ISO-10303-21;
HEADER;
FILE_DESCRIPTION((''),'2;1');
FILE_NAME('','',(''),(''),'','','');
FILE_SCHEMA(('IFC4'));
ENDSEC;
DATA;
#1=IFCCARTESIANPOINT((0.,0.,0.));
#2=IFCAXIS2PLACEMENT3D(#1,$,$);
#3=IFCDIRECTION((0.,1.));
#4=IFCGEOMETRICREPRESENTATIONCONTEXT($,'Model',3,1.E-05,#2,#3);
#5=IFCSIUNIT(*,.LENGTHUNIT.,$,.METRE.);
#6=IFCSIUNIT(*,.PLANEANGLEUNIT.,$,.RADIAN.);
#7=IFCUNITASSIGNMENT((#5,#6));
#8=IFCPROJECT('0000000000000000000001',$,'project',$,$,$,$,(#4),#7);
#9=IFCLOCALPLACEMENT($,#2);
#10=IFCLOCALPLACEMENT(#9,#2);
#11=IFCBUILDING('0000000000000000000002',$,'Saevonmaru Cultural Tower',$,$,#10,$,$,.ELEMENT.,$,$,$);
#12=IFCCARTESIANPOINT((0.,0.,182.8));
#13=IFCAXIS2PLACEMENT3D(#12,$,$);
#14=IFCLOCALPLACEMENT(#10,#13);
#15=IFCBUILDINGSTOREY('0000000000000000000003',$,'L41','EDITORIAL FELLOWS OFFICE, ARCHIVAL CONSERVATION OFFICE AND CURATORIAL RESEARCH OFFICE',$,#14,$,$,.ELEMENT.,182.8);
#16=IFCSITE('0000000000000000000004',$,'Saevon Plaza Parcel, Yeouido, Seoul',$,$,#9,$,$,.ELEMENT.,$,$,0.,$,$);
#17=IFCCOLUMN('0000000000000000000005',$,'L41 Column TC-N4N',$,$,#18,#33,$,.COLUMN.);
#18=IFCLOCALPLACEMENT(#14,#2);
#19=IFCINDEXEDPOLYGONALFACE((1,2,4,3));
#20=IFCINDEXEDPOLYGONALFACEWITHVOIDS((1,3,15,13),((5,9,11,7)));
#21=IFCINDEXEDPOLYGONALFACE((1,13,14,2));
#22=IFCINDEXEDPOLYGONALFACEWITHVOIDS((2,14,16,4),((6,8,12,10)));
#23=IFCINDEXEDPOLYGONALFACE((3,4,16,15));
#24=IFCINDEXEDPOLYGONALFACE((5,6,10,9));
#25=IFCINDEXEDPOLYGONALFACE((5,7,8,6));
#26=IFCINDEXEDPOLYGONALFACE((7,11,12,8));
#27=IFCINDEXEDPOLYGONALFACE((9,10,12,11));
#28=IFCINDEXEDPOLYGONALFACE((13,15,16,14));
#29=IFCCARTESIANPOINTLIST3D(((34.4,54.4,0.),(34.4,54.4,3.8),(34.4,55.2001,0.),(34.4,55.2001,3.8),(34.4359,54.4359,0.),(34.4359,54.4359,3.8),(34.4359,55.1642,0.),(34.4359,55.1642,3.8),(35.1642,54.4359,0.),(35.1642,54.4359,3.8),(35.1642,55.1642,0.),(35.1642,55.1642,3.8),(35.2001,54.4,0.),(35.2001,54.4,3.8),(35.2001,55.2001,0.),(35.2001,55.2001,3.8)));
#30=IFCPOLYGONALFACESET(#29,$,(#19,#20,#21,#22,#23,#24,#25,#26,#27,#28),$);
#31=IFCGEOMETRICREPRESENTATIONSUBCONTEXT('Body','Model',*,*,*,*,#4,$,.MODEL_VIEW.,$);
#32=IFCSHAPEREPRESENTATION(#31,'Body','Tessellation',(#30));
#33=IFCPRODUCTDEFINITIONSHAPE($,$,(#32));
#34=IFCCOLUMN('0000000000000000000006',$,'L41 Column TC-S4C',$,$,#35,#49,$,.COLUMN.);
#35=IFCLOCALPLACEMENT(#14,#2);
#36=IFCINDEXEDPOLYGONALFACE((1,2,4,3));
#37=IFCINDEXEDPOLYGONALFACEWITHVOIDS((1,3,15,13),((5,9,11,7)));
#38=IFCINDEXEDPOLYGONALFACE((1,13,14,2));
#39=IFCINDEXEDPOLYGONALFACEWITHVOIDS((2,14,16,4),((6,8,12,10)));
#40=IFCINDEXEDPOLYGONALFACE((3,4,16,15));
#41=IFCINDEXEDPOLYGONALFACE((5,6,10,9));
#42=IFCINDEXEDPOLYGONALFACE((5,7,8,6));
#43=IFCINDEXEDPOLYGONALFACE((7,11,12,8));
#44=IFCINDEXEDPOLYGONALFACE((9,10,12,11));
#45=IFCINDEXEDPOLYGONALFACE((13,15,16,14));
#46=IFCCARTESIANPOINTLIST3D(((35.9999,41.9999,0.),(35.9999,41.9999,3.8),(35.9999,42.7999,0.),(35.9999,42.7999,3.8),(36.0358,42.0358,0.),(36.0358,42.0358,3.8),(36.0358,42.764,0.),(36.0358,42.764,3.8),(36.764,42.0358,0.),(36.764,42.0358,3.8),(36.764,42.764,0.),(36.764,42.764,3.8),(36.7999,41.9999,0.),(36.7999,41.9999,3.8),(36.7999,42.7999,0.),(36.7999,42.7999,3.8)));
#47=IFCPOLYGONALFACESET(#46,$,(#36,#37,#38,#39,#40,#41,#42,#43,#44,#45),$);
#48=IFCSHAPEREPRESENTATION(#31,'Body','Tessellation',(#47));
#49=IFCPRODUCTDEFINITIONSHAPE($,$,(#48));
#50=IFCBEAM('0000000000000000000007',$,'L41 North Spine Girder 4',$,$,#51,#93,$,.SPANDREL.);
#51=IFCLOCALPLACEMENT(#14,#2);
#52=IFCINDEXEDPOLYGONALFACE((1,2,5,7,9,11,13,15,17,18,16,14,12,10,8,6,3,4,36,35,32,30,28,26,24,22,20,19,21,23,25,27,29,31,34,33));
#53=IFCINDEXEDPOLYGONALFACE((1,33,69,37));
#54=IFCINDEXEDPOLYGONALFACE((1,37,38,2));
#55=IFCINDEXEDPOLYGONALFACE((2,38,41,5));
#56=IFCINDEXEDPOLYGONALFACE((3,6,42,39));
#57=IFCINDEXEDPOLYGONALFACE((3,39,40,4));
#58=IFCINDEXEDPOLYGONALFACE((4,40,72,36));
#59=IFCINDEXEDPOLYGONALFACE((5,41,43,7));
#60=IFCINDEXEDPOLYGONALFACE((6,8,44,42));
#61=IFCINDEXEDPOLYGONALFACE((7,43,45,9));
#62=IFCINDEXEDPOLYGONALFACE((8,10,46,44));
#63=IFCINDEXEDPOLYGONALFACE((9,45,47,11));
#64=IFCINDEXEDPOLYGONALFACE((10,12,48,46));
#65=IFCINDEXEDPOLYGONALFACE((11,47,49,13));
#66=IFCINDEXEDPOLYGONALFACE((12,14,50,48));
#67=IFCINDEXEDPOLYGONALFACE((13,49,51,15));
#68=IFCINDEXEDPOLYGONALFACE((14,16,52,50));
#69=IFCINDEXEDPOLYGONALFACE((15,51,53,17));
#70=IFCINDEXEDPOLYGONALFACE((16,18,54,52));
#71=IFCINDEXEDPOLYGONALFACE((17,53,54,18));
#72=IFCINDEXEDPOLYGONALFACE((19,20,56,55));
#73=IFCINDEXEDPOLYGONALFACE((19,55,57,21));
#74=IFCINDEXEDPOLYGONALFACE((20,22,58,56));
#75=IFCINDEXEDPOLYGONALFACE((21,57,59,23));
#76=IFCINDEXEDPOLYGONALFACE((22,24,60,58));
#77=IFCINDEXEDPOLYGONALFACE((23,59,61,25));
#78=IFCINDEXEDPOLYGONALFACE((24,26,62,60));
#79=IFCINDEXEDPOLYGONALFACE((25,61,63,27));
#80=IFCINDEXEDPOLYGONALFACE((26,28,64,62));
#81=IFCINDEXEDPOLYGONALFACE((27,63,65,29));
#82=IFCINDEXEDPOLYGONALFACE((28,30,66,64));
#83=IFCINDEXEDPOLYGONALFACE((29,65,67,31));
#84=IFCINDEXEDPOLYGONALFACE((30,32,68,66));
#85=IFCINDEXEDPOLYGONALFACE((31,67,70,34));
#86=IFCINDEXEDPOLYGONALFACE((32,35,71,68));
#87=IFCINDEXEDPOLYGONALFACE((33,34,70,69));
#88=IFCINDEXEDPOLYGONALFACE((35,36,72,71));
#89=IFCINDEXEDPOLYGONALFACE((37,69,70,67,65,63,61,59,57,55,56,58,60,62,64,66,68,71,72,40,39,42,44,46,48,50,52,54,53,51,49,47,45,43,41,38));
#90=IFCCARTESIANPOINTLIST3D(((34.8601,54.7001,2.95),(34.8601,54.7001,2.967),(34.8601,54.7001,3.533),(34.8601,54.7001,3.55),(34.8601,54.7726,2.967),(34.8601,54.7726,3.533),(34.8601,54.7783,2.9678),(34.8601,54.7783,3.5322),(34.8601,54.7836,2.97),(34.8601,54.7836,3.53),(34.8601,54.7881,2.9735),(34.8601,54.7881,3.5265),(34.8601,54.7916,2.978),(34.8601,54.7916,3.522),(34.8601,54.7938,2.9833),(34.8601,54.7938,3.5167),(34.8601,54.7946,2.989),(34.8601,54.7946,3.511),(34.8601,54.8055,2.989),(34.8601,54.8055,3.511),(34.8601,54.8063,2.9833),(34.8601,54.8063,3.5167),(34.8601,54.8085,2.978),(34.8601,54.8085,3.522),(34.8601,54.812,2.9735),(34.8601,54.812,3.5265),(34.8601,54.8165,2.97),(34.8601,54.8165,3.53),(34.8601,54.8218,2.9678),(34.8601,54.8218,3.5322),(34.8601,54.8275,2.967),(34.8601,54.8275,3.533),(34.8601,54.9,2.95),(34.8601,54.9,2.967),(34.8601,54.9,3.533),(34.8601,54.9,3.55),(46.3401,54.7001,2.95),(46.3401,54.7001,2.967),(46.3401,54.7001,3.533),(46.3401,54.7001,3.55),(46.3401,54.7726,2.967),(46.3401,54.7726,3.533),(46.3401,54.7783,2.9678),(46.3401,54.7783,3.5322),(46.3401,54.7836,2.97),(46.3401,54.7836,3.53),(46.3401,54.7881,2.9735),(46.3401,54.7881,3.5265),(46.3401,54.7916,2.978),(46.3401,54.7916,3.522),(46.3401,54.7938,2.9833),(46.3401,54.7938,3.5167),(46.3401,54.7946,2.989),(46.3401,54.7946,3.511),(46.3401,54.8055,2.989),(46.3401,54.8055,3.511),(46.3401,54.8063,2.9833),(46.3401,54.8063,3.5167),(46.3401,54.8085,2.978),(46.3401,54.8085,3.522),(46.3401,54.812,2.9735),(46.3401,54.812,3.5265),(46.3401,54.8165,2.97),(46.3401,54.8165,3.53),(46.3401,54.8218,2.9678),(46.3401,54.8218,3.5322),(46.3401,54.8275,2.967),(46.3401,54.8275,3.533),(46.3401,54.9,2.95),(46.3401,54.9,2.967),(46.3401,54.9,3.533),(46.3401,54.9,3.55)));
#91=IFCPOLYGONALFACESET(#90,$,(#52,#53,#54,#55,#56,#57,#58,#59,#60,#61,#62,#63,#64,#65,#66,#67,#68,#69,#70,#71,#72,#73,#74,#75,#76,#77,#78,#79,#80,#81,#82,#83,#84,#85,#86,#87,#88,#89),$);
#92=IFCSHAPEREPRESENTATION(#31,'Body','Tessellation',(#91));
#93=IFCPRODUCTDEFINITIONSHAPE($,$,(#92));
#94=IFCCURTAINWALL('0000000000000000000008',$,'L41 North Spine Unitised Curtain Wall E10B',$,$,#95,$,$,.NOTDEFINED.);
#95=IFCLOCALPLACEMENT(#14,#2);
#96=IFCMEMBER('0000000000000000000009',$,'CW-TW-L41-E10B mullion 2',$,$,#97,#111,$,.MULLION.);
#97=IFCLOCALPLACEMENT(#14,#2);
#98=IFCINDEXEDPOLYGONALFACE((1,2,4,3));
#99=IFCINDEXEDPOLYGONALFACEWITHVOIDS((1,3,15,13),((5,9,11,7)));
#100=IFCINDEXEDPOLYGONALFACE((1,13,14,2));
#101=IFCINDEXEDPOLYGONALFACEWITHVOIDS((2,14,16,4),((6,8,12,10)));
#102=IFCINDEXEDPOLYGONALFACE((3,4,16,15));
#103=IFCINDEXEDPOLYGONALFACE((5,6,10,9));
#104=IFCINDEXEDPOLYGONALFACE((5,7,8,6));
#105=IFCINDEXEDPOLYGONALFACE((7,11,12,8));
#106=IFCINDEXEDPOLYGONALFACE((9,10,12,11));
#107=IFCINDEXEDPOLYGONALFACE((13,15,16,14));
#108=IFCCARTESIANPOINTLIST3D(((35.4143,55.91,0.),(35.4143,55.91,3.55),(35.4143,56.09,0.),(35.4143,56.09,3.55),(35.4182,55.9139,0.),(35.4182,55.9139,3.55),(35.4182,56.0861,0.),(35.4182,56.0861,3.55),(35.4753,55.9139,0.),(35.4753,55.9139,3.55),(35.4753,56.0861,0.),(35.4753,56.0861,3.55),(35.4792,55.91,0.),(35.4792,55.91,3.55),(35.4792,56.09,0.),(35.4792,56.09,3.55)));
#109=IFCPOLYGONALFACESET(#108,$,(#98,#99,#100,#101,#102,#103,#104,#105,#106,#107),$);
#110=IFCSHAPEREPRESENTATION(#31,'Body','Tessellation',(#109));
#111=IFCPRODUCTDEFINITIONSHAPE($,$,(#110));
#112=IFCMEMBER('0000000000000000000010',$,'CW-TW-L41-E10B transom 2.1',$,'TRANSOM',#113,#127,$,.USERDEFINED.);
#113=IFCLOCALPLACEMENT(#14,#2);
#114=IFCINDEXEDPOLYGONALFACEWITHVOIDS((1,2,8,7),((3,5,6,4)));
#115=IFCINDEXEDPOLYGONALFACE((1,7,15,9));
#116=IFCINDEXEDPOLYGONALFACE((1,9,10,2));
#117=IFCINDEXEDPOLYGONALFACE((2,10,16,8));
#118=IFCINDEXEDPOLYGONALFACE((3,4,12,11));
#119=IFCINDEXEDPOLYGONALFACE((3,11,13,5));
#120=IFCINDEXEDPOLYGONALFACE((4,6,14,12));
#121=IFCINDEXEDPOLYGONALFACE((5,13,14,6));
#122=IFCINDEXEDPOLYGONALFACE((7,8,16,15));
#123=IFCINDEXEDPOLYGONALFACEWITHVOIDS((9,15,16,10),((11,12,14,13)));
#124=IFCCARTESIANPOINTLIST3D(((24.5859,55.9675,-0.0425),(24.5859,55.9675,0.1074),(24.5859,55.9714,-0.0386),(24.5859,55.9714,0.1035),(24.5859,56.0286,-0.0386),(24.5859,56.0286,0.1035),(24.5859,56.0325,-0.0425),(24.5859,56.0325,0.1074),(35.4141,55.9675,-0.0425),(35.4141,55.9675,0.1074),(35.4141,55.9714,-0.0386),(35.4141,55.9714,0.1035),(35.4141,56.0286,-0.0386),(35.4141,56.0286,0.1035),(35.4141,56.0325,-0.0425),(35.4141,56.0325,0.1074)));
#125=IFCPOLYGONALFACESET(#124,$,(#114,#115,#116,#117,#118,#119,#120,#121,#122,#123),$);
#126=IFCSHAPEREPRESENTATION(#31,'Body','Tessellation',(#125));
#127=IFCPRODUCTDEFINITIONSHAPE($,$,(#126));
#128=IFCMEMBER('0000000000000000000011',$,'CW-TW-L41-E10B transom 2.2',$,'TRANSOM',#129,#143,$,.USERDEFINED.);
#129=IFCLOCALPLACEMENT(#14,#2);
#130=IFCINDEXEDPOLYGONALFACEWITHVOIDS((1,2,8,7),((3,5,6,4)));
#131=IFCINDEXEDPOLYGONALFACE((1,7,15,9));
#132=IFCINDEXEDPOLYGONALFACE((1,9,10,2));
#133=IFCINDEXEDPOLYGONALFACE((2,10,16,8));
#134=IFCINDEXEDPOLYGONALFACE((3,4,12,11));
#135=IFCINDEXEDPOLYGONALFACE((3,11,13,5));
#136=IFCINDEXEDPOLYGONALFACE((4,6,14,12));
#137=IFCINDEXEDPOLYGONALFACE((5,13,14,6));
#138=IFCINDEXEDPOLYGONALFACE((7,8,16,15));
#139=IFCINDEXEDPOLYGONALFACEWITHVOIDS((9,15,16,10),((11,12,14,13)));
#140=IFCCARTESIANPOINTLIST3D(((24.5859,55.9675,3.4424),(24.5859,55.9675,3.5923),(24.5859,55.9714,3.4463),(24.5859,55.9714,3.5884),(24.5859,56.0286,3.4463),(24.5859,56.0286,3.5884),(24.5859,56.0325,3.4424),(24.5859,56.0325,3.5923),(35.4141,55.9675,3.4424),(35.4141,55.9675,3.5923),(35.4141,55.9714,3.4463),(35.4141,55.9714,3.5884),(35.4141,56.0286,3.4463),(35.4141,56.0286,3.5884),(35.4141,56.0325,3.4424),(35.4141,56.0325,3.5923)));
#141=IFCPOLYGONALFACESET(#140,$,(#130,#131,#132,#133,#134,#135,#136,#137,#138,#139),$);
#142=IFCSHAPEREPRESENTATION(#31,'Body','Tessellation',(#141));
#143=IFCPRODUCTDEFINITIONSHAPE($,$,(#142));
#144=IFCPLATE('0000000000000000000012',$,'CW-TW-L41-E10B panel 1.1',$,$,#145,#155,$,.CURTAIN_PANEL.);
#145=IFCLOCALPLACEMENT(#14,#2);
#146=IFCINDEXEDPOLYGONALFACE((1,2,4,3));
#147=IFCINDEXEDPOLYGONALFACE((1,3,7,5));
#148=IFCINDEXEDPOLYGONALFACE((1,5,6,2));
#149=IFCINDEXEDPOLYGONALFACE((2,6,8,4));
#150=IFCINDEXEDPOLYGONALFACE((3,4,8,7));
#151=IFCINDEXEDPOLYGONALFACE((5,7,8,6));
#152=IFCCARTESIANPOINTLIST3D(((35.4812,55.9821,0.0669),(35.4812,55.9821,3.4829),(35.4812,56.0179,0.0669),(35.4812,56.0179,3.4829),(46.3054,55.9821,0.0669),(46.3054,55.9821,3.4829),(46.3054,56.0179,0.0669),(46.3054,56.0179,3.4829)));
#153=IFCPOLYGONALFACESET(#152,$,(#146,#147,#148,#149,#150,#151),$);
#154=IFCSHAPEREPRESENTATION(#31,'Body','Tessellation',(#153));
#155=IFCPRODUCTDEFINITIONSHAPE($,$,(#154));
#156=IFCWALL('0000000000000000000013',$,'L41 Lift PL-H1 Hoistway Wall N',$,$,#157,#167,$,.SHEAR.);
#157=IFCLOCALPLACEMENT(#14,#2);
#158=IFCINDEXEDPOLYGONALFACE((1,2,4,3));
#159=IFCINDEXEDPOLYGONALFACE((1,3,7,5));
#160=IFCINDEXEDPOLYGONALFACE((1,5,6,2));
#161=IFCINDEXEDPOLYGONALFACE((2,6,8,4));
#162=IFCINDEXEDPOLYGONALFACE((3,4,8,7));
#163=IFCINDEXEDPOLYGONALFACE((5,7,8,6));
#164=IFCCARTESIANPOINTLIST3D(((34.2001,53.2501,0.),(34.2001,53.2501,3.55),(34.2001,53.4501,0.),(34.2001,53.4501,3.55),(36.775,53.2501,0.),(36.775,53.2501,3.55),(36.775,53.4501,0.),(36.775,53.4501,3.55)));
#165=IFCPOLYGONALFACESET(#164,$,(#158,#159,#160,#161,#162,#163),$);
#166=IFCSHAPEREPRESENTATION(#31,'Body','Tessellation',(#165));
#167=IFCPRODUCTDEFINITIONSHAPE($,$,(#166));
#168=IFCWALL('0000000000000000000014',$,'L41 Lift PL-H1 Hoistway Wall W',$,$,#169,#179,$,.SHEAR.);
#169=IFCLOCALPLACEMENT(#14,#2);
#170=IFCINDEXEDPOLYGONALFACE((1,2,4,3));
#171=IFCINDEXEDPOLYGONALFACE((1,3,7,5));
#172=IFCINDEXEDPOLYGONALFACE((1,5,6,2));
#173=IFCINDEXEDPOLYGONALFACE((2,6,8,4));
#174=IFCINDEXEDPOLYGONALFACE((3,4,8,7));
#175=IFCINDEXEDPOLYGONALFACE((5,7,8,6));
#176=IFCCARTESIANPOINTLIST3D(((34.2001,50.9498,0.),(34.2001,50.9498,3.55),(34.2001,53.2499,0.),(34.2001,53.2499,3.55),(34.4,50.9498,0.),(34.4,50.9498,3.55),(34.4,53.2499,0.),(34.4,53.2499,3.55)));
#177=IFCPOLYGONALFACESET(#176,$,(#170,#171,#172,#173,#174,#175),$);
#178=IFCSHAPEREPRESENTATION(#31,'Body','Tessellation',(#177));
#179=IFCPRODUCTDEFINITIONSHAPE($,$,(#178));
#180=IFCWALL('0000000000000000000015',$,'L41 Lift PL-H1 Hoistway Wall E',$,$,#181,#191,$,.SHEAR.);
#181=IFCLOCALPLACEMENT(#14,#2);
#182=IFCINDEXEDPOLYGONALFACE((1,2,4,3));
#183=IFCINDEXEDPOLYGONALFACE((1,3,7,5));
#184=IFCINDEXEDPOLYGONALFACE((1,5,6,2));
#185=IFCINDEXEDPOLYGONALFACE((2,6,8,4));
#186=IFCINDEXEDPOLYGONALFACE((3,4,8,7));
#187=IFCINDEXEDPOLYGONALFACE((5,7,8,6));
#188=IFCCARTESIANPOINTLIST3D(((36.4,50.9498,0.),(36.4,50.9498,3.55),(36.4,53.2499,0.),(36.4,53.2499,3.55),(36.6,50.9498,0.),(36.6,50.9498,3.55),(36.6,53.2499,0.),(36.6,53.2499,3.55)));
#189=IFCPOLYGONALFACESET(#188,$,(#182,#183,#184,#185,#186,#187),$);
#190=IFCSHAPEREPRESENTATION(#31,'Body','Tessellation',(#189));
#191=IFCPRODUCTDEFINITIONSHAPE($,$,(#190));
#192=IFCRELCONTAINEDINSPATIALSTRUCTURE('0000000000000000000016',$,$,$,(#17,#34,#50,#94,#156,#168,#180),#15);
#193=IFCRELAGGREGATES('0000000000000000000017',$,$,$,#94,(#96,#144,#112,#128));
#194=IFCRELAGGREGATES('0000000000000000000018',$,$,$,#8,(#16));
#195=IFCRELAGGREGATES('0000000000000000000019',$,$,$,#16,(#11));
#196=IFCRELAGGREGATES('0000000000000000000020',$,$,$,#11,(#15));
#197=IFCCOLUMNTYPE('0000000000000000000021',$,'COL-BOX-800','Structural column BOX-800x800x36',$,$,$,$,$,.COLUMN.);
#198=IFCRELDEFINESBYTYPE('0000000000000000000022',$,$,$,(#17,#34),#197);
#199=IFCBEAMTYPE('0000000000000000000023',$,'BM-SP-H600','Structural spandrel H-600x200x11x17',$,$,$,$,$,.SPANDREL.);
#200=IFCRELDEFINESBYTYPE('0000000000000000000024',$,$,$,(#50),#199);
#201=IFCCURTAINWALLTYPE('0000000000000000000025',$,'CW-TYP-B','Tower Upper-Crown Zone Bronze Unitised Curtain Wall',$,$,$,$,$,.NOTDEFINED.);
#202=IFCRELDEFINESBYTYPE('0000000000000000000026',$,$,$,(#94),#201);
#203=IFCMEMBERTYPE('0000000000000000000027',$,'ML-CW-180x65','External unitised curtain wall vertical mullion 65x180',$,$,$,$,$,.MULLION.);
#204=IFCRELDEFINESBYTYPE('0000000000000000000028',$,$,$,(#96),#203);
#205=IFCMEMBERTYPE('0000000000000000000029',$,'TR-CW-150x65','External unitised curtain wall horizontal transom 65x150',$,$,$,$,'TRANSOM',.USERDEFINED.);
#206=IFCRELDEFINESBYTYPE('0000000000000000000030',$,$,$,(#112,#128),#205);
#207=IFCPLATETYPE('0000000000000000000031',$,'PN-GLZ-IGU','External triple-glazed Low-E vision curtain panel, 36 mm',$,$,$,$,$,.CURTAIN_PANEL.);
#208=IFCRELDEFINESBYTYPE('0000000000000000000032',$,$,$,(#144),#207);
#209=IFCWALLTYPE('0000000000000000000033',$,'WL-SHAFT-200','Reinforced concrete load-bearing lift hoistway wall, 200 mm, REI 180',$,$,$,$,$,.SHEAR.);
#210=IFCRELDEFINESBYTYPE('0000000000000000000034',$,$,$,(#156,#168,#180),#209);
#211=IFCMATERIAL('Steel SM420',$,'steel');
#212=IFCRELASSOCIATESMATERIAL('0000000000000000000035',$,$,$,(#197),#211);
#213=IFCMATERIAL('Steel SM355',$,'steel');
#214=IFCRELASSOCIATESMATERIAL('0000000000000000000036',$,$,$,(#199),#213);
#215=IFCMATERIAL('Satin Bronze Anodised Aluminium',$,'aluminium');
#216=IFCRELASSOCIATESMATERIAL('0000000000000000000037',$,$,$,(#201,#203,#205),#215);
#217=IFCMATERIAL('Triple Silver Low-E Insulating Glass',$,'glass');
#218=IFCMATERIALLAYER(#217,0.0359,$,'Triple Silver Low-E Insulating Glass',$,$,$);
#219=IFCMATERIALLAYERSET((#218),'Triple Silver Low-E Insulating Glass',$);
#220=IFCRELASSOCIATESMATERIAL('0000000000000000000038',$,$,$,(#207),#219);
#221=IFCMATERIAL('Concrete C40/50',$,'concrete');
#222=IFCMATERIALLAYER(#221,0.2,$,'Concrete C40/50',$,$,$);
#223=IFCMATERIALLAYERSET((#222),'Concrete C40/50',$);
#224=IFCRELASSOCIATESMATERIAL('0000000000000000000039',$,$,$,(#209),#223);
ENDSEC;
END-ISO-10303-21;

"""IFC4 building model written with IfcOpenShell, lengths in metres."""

from ifc_helpers import new_model, si_unit, direction, frame, frame_2d, origin, origin_2d, place, context, subcontext, project, spatial, rectangle, hollow_rectangle, i_section, extrude, material, layer, layer_set, material_profile, profile_set, type_object, element, aggregate, save


model = new_model("IFC4")

# Units and contexts
model_context = context("Model", 3, precision=1e-05, world=origin(), true_north=direction((0.0, 1.0)))
body_context = subcontext(model_context, "Body", "Model", "MODEL_VIEW")
ifc_project = project(units=[si_unit("LENGTHUNIT", "METRE"), si_unit("PLANEANGLEUNIT", "RADIAN")], contexts=[model_context])

# Site, building, storey
site_placement = place(None, origin())
site = spatial("IfcSite", under=ifc_project, at=site_placement, Name="Saevon Plaza Parcel, Yeouido, Seoul", CompositionType="ELEMENT", RefElevation=0.0)
building_placement = place(site_placement, origin())
building = spatial("IfcBuilding", under=site, at=building_placement, Name="Saevonmaru Cultural Tower", CompositionType="ELEMENT")
storey_placement = place(building_placement, frame((0.0, 0.0, 182.8)))
storey = spatial("IfcBuildingStorey", under=building, at=storey_placement, Name="L41", Description="EDITORIAL FELLOWS OFFICE, ARCHIVAL CONSERVATION OFFICE AND CURATORIAL RESEARCH OFFICE", CompositionType="ELEMENT", Elevation=182.8)

# Columns
ifc_material_1 = material(Name="Steel SM420", Category="steel")
ifc_material_profile_1 = material_profile(ifc_material_1, hollow_rectangle(XDim=0.8, YDim=0.8, WallThickness=0.0359, at=origin_2d()), Name="BOX-800x800x36")
ifc_profile_set_1 = profile_set([ifc_material_profile_1], Name="Steel SM420")
column_type = type_object("IfcColumnType", Name="COL-BOX-800", Description="Structural column BOX-800x800x36", PredefinedType="COLUMN", material=ifc_profile_set_1)
for number, where, z_axis, x_axis, name in (
    (1, (34.8, 54.8, 0.0), (0.0, 0.0, 1.0), (1.0, 0.0, 0.0), "L41 Column TC-N4N"),
    (2, (36.3999, 42.3999, 0.0), (0.0, 0.0, 1.0), (1.0, 0.0, 0.0), "L41 Column TC-S4C"),
):
    element("IfcColumn", number, at=place(storey_placement, frame(where, z_axis=z_axis, x_axis=x_axis)), inside=storey, type_object=column_type, Name=name, PredefinedType="COLUMN", context=body_context, shape_type="SweptSolid", body=[
        extrude(hollow_rectangle(XDim=0.8, YDim=0.8, WallThickness=0.0359, at=origin_2d()), origin(), (0.0, 0.0, 1.0), 3.8),
    ])

# Beam
ifc_material_2 = material(Name="Steel SM355", Category="steel")
ifc_material_profile_2 = material_profile(ifc_material_2, i_section(OverallWidth=0.2, OverallDepth=0.6001, WebThickness=0.011, FlangeThickness=0.0171, FilletRadius=0.022, at=origin_2d()), Name="H-600x200x11x17")
ifc_profile_set_2 = profile_set([ifc_material_profile_2], Name="Steel SM355")
beam_type = type_object("IfcBeamType", Name="BM-SP-H600", Description="Structural spandrel H-600x200x11x17", PredefinedType="SPANDREL", material=ifc_profile_set_2)
beam_placement = place(storey_placement, frame((34.8601, 54.8, 3.25), z_axis=(1.0, 0.0, 0.0), x_axis=(0.0, 1.0, 0.0)))
element("IfcBeam", 3, at=beam_placement, inside=storey, type_object=beam_type, Name="L41 North Spine Girder 4", PredefinedType="SPANDREL", context=body_context, shape_type="SweptSolid", body=[
    extrude(i_section(OverallWidth=0.2, OverallDepth=0.6001, WebThickness=0.011, FlangeThickness=0.0171, FilletRadius=0.022, at=origin_2d()), origin(), (0.0, 0.0, 1.0), 11.48),
])

# Curtain wall, members, plate
ifc_material_3 = material(Name="Satin Bronze Anodised Aluminium", Category="aluminium")
curtain_wall_type = type_object("IfcCurtainWallType", Name="CW-TYP-B", Description="Tower Upper-Crown Zone Bronze Unitised Curtain Wall", PredefinedType="NOTDEFINED", material=ifc_material_3)
curtain_wall_placement = place(storey_placement, origin())
curtain_wall = element("IfcCurtainWall", 4, at=curtain_wall_placement, inside=storey, type_object=curtain_wall_type, Name="L41 North Spine Unitised Curtain Wall E10B", PredefinedType="NOTDEFINED")
ifc_material_profile_3 = material_profile(ifc_material_3, hollow_rectangle(XDim=0.0649, YDim=0.1799, WallThickness=0.0039, at=origin_2d()), Name="ALU-MULL-180x65x4")
ifc_profile_set_3 = profile_set([ifc_material_profile_3], Name="Satin Bronze Anodised Aluminium")
member_type_1 = type_object("IfcMemberType", Name="ML-CW-180x65", Description="External unitised curtain wall vertical mullion 65x180", PredefinedType="MULLION", material=ifc_profile_set_3)
member_1_placement = place(storey_placement, frame((35.4468, 56.0, 0.0), z_axis=(0.0, 0.0, 1.0), x_axis=(-1.0, 0.0, 0.0)))
member_1 = element("IfcMember", 5, at=member_1_placement, type_object=member_type_1, Name="CW-TW-L41-E10B mullion 2", PredefinedType="MULLION", context=body_context, shape_type="SweptSolid", body=[
    extrude(hollow_rectangle(XDim=0.0649, YDim=0.1799, WallThickness=0.0039, at=origin_2d()), origin(), (0.0, 0.0, 1.0), 3.55),
])
ifc_material_profile_4 = material_profile(ifc_material_3, hollow_rectangle(XDim=0.0649, YDim=0.1499, WallThickness=0.0039, at=origin_2d()), Name="ALU-TRAN-150x65x4")
ifc_profile_set_4 = profile_set([ifc_material_profile_4], Name="Satin Bronze Anodised Aluminium")
member_type_2 = type_object("IfcMemberType", Name="TR-CW-150x65", Description="External unitised curtain wall horizontal transom 65x150", ElementType="TRANSOM", PredefinedType="USERDEFINED", material=ifc_profile_set_4)
member_2_placement = place(storey_placement, frame((35.4141, 56.0, 0.0325), z_axis=(-1.0, 0.0, 0.0), x_axis=(0.0, -1.0, 0.0)))
member_2 = element("IfcMember", 6, at=member_2_placement, type_object=member_type_2, Name="CW-TW-L41-E10B transom 2.1", ObjectType="TRANSOM", PredefinedType="USERDEFINED", context=body_context, shape_type="SweptSolid", body=[
    extrude(hollow_rectangle(XDim=0.0649, YDim=0.1499, WallThickness=0.0039, at=origin_2d()), origin(), (0.0, 0.0, 1.0), 10.8281),
])
member_3_placement = place(storey_placement, frame((35.4141, 56.0, 3.5173), z_axis=(-1.0, 0.0, 0.0), x_axis=(0.0, -1.0, 0.0)))
member_3 = element("IfcMember", 7, at=member_3_placement, type_object=member_type_2, Name="CW-TW-L41-E10B transom 2.2", ObjectType="TRANSOM", PredefinedType="USERDEFINED", context=body_context, shape_type="SweptSolid", body=[
    extrude(hollow_rectangle(XDim=0.0649, YDim=0.1499, WallThickness=0.0039, at=origin_2d()), origin(), (0.0, 0.0, 1.0), 10.8281),
])
ifc_material_4 = material(Name="Triple Silver Low-E Insulating Glass", Category="glass")
ifc_layer_1 = layer(ifc_material_4, 0.0359, Name="Triple Silver Low-E Insulating Glass")
ifc_layer_set_1 = layer_set([ifc_layer_1], Name="Triple Silver Low-E Insulating Glass")
plate_type = type_object("IfcPlateType", Name="PN-GLZ-IGU", Description="External triple-glazed Low-E vision curtain panel, 36 mm", PredefinedType="CURTAIN_PANEL", material=ifc_layer_set_1)
plate_placement = place(storey_placement, frame((40.8933, 56.0, 0.0669), z_axis=(0.0, 0.0, 1.0), x_axis=(-1.0, 0.0, 0.0)))
plate = element("IfcPlate", 8, at=plate_placement, type_object=plate_type, Name="CW-TW-L41-E10B panel 1.1", PredefinedType="CURTAIN_PANEL", context=body_context, shape_type="SweptSolid", body=[
    extrude(rectangle(XDim=10.8242, YDim=0.0359, at=origin_2d()), origin(), (0.0, 0.0, 1.0), 3.416),
])
aggregate(curtain_wall, [member_1, plate, member_2, member_3])

# Walls
ifc_material_5 = material(Name="Concrete C40/50", Category="concrete")
ifc_layer_2 = layer(ifc_material_5, 0.2, Name="Concrete C40/50")
ifc_layer_set_2 = layer_set([ifc_layer_2], Name="Concrete C40/50")
wall_type_1 = type_object("IfcWallType", Name="WL-SHAFT-200", Description="Reinforced concrete load-bearing lift hoistway wall, 200 mm, REI 180", PredefinedType="SHEAR", material=ifc_layer_set_2)
wall_1_placement = place(storey_placement, frame((34.2, 53.3501, 0.0), z_axis=(0.0, 0.0, 1.0), x_axis=(1.0, 0.0, 0.0)))
element("IfcWall", 9, at=wall_1_placement, inside=storey, type_object=wall_type_1, Name="L41 Lift PL-H1 Hoistway Wall N", PredefinedType="SHEAR", context=body_context, shape_type="SweptSolid", body=[
    extrude(rectangle(XDim=2.575, YDim=0.2, at=frame_2d((1.2876, 0.0))), origin(), (0.0, 0.0, 1.0), 3.55),
])
for number, where, z_axis, x_axis, name in (
    (10, (34.3, 50.95, 0.0), (0.0, 0.0, 1.0), (0.0, 1.0, 0.0), "L41 Lift PL-H1 Hoistway Wall W"),
    (11, (36.5, 50.95, 0.0), (0.0, 0.0, 1.0), (0.0, 1.0, 0.0), "L41 Lift PL-H1 Hoistway Wall E"),
):
    element("IfcWall", number, at=place(storey_placement, frame(where, z_axis=z_axis, x_axis=x_axis)), inside=storey, type_object=wall_type_1, Name=name, PredefinedType="SHEAR", context=body_context, shape_type="SweptSolid", body=[
        extrude(rectangle(XDim=2.3, YDim=0.2, at=frame_2d((1.1499, 0.0))), origin(), (0.0, 0.0, 1.0), 3.55),
    ])

save(model, "model.ifc")
